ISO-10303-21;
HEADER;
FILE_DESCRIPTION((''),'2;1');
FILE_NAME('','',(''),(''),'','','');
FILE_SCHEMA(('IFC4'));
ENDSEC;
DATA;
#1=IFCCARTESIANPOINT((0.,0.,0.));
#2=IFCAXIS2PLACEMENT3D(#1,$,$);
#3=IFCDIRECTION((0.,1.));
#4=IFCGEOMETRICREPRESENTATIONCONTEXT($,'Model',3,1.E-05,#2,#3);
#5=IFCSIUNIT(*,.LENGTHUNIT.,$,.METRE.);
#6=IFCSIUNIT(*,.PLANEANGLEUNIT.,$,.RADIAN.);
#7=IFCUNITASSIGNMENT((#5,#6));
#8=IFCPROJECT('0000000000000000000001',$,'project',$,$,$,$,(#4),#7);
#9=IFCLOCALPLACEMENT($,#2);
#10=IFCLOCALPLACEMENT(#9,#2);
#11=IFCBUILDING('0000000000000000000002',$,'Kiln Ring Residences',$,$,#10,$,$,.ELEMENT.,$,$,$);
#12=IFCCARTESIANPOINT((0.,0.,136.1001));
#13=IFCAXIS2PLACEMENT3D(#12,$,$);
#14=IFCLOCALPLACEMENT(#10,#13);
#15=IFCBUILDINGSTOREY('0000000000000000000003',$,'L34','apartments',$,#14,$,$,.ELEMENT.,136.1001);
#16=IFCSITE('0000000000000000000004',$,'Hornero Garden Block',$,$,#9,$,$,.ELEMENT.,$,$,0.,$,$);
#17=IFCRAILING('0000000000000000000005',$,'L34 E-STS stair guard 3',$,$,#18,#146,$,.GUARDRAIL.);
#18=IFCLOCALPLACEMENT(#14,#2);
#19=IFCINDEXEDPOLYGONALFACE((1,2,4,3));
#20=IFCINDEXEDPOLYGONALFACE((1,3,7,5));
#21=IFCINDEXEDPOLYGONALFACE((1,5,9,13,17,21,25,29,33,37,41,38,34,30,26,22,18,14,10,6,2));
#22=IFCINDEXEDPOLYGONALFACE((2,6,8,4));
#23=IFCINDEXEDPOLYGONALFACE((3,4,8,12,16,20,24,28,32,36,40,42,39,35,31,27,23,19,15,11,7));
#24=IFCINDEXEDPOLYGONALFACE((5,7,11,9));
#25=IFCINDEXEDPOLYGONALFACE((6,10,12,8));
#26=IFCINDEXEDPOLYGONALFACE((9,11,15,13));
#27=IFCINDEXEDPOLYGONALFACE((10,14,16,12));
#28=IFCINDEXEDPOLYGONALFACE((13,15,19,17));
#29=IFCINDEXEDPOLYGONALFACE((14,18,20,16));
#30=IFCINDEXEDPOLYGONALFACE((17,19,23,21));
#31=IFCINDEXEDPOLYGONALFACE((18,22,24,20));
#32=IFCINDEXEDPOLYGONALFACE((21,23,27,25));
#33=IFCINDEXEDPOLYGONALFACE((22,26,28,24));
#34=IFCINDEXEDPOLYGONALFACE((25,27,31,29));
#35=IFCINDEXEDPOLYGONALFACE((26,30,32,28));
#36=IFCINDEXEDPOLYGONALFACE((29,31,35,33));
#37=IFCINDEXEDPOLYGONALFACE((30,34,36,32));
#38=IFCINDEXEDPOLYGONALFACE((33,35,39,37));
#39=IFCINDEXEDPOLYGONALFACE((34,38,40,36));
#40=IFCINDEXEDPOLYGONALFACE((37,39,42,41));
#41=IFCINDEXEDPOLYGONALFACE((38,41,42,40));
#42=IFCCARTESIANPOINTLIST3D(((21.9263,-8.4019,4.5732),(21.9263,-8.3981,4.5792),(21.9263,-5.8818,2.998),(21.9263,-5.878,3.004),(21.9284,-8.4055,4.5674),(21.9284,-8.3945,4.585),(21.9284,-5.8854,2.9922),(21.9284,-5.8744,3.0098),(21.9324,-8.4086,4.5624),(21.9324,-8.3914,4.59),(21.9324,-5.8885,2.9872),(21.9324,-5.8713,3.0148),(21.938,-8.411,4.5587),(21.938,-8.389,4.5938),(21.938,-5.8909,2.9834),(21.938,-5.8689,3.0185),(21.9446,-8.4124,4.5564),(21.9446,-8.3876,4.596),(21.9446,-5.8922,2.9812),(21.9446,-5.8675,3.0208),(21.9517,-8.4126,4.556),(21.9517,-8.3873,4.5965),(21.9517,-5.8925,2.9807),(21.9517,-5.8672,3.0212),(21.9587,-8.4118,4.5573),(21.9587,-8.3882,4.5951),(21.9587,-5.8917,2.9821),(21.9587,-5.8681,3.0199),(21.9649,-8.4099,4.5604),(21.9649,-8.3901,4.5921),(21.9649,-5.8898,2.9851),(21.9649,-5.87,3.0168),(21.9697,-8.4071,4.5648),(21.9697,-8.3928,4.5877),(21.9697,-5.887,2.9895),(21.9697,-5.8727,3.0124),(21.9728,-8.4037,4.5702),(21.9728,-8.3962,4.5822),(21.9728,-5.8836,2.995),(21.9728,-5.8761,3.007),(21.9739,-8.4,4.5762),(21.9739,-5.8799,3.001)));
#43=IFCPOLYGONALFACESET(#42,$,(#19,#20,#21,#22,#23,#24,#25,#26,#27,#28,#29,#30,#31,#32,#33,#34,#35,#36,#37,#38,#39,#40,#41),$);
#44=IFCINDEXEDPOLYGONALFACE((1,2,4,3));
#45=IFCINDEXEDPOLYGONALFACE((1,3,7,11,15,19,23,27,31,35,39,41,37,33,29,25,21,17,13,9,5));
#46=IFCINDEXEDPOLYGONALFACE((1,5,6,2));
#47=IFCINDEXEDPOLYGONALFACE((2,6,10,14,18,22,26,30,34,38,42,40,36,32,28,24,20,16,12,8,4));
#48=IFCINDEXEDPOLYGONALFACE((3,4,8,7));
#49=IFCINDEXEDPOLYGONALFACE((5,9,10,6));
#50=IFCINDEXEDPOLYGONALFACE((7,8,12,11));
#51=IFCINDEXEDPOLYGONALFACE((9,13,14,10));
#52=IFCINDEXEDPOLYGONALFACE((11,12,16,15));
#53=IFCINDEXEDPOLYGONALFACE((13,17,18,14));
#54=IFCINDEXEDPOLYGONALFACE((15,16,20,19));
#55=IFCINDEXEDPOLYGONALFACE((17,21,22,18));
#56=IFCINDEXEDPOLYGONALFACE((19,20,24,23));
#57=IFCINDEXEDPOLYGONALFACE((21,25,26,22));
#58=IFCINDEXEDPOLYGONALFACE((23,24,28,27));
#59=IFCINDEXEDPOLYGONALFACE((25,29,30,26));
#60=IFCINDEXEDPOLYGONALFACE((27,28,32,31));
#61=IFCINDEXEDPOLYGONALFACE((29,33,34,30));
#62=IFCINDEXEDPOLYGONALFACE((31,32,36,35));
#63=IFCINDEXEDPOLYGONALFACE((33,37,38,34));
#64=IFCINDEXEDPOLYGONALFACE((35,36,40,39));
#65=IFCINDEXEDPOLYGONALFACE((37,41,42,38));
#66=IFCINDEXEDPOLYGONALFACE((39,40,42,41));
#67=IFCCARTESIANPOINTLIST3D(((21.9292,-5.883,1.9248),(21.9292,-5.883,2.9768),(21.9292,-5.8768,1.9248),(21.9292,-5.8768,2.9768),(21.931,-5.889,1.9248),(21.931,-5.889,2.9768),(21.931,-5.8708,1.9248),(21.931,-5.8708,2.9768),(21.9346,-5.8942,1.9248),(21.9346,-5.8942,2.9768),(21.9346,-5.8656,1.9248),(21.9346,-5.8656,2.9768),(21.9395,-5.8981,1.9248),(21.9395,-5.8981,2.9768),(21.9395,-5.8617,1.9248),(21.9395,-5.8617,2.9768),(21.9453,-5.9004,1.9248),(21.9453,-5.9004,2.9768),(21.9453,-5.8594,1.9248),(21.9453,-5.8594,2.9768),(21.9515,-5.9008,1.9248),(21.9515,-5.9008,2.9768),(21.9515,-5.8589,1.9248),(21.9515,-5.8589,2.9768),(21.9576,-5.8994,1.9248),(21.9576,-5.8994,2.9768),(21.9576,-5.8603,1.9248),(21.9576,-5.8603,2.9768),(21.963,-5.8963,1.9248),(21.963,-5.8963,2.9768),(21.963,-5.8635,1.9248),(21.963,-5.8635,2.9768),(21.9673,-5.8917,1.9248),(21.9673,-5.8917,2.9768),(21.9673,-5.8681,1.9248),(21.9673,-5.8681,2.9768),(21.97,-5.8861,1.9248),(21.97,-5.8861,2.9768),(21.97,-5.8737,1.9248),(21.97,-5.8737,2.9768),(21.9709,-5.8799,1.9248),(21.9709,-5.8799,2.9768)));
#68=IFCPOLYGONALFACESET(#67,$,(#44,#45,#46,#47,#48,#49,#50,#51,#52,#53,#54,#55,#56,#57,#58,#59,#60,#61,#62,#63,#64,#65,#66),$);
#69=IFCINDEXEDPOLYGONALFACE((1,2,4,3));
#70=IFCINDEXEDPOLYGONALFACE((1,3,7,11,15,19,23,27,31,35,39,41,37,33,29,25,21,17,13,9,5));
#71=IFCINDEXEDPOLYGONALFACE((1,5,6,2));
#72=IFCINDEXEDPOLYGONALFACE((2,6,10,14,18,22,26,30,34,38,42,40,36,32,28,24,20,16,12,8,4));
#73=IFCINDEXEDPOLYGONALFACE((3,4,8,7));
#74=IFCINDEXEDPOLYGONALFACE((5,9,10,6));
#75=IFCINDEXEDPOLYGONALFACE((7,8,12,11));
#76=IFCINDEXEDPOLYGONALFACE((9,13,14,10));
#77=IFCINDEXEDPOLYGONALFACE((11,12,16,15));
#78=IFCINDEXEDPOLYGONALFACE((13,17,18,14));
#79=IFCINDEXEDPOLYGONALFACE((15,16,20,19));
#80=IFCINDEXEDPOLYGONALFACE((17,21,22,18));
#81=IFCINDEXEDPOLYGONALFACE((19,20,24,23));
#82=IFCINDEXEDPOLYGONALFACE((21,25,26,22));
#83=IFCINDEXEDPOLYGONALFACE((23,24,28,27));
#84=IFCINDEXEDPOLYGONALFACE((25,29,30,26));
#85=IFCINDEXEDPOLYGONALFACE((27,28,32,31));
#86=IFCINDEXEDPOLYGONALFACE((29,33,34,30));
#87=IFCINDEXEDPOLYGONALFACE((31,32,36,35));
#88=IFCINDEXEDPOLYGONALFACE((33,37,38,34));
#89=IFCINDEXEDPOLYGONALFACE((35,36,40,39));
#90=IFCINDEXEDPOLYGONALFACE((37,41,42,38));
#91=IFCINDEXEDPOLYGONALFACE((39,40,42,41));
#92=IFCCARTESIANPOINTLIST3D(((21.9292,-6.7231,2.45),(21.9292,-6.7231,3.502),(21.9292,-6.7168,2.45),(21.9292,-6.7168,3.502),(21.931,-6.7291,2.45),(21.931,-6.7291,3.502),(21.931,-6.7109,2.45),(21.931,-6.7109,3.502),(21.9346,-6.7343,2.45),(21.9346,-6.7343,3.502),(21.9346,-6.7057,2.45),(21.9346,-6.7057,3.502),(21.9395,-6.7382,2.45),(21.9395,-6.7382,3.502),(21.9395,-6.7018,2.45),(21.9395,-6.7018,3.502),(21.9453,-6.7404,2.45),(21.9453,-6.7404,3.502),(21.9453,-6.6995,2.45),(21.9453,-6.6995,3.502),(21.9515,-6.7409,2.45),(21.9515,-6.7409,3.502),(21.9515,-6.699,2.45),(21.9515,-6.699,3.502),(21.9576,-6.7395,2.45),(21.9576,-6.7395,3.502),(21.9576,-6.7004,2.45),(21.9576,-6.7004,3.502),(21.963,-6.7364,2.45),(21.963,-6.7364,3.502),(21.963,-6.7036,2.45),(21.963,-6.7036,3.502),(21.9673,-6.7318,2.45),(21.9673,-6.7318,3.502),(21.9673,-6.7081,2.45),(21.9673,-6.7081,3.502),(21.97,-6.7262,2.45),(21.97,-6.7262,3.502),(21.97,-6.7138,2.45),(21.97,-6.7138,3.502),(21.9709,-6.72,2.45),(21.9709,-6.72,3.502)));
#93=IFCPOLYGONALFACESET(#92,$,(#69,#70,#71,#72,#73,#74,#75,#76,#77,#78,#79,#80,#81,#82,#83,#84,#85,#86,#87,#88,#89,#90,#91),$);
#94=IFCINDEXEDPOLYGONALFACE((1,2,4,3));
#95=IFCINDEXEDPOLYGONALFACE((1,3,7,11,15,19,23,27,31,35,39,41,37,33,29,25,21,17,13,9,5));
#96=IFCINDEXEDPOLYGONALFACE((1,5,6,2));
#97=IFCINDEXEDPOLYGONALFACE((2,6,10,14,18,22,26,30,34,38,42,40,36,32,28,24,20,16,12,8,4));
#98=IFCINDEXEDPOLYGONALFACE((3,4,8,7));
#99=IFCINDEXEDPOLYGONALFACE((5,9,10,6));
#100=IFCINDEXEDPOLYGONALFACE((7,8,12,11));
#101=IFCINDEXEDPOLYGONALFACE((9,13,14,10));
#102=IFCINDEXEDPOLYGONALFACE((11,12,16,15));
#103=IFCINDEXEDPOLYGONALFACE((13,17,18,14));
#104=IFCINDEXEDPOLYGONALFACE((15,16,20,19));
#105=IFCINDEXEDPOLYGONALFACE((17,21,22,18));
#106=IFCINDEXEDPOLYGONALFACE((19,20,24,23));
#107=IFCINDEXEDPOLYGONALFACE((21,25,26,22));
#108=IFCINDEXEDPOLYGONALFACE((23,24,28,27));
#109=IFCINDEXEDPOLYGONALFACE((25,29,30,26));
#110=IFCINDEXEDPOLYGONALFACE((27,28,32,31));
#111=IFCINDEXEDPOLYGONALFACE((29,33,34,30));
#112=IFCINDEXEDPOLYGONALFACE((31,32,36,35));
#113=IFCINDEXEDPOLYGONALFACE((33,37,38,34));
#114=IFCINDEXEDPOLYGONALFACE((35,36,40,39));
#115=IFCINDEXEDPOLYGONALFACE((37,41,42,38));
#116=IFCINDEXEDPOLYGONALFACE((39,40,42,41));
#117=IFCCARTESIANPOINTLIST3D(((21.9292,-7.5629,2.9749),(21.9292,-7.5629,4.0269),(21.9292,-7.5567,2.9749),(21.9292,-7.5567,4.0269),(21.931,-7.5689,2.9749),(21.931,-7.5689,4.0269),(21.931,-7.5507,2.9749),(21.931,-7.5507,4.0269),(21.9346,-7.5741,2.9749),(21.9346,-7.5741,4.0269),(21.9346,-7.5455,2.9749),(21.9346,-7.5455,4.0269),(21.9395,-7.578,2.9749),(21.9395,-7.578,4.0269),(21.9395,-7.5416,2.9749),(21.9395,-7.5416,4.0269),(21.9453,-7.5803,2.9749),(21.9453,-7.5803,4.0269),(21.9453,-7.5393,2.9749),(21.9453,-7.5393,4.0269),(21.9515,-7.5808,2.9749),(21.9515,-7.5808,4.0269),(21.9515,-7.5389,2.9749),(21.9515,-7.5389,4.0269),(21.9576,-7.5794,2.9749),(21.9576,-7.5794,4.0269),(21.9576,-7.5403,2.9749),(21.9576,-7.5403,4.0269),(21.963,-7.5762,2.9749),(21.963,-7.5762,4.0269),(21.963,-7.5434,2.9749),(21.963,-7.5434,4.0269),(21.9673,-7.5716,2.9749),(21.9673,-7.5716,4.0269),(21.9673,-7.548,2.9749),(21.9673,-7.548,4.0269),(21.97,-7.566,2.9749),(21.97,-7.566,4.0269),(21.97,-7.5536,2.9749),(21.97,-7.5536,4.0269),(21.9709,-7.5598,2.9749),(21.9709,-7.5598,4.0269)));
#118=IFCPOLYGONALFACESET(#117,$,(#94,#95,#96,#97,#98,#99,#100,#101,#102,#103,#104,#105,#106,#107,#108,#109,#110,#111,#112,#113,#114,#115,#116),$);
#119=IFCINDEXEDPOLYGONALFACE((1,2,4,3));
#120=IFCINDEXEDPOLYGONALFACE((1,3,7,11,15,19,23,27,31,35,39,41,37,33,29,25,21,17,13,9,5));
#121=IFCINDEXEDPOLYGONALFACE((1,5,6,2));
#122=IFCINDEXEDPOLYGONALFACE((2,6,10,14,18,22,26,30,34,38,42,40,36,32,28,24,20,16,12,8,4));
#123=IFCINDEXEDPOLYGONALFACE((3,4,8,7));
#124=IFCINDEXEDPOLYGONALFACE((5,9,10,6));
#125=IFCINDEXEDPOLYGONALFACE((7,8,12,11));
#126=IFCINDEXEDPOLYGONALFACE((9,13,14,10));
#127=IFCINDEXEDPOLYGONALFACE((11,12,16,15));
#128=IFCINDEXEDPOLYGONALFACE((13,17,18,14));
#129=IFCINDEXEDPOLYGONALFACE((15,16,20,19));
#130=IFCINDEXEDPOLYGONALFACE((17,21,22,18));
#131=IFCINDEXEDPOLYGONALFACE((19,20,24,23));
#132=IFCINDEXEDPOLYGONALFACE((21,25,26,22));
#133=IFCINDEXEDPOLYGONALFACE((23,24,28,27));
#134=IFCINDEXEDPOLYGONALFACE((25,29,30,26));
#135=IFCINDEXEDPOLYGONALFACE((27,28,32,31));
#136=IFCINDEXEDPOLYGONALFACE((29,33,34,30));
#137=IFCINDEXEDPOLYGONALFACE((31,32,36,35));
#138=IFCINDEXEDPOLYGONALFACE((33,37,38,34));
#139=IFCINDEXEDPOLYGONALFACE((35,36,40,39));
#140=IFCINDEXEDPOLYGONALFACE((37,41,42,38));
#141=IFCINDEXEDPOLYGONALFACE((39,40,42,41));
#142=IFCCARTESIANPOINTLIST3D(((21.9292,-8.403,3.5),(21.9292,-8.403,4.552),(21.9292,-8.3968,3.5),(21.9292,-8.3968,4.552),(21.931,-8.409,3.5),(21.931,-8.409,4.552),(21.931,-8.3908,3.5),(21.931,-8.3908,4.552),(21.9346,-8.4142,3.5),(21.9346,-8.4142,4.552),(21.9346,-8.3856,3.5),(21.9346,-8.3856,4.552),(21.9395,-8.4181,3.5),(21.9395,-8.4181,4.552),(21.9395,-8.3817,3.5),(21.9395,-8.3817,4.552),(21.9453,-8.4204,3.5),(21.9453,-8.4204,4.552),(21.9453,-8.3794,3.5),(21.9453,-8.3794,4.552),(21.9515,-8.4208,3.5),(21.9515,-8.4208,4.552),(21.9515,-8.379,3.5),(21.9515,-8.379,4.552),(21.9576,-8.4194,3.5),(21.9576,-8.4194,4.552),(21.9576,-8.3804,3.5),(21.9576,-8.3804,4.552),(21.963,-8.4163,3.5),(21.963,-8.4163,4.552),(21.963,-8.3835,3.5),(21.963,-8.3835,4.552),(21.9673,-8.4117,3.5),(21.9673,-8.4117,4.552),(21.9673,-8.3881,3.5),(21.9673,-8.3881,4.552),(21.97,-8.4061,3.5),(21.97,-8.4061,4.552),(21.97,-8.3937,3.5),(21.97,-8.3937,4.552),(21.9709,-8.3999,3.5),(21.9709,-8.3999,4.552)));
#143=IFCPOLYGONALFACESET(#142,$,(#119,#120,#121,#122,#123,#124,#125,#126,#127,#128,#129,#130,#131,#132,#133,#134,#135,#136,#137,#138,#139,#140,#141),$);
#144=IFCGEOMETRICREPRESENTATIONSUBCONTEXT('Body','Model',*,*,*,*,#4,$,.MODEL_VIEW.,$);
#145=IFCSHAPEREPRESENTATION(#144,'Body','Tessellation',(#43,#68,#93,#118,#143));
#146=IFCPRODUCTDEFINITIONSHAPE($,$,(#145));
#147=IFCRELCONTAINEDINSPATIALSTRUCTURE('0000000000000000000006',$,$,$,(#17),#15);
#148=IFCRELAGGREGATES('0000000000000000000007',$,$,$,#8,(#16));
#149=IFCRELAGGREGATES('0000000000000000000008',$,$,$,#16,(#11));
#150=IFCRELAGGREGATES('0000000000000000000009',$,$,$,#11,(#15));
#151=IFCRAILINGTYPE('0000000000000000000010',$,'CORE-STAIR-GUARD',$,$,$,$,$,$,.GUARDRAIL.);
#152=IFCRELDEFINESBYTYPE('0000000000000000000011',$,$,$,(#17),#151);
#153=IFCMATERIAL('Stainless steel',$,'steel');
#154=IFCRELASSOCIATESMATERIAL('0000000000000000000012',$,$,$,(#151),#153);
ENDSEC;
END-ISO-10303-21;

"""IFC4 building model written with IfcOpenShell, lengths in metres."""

from ifc_helpers import new_model, si_unit, direction, frame, origin, origin_2d, place, context, subcontext, project, spatial, circle, extrude, material, type_object, element, save


model = new_model("IFC4")

# Units and contexts
model_context = context("Model", 3, precision=1e-05, world=origin(), true_north=direction((0.0, 1.0)))
body_context = subcontext(model_context, "Body", "Model", "MODEL_VIEW")
ifc_project = project(units=[si_unit("LENGTHUNIT", "METRE"), si_unit("PLANEANGLEUNIT", "RADIAN")], contexts=[model_context])

# Site, building, storey
site_placement = place(None, origin())
site = spatial("IfcSite", under=ifc_project, at=site_placement, Name="Hornero Garden Block", CompositionType="ELEMENT", RefElevation=0.0)
building_placement = place(site_placement, origin())
building = spatial("IfcBuilding", under=site, at=building_placement, Name="Kiln Ring Residences", CompositionType="ELEMENT")
storey_placement = place(building_placement, frame((0.0, 0.0, 136.1001)))
storey = spatial("IfcBuildingStorey", under=building, at=storey_placement, Name="L34", Description="apartments", CompositionType="ELEMENT", Elevation=136.1001)

# Railing
ifc_material_1 = material(Name="Stainless steel", Category="steel")
railing_type_1 = type_object("IfcRailingType", Name="CORE-STAIR-GUARD", PredefinedType="GUARDRAIL", material=ifc_material_1)
railing_1_placement = place(storey_placement, frame((21.95, -5.8799, 1.9248)))
element("IfcRailing", 1, at=railing_1_placement, inside=storey, type_object=railing_type_1, Name="L34 E-STS stair guard 3", PredefinedType="GUARDRAIL", context=body_context, shape_type="SweptSolid", body=[
    extrude(circle(Radius=0.0239, at=origin_2d()), frame((0.0, 0.0, 1.0762), z_axis=(0.0, -0.847971, 0.530043), x_axis=(1.0, 0.0, 0.0)), (0.0, 0.0, 1.0), 2.9719),
    extrude(circle(Radius=0.021, at=origin_2d()), origin(), (0.0, 0.0, 1.0), 1.052),
    extrude(circle(Radius=0.021, at=origin_2d()), frame((0.0, -0.8401, 0.5251)), (0.0, 0.0, 1.0), 1.052),
    extrude(circle(Radius=0.021, at=origin_2d()), frame((0.0, -1.6799, 1.05)), (0.0, 0.0, 1.0), 1.052),
    extrude(circle(Radius=0.021, at=origin_2d()), frame((0.0, -2.52, 1.5752)), (0.0, 0.0, 1.0), 1.052),
])

save(model, "model.ifc")
